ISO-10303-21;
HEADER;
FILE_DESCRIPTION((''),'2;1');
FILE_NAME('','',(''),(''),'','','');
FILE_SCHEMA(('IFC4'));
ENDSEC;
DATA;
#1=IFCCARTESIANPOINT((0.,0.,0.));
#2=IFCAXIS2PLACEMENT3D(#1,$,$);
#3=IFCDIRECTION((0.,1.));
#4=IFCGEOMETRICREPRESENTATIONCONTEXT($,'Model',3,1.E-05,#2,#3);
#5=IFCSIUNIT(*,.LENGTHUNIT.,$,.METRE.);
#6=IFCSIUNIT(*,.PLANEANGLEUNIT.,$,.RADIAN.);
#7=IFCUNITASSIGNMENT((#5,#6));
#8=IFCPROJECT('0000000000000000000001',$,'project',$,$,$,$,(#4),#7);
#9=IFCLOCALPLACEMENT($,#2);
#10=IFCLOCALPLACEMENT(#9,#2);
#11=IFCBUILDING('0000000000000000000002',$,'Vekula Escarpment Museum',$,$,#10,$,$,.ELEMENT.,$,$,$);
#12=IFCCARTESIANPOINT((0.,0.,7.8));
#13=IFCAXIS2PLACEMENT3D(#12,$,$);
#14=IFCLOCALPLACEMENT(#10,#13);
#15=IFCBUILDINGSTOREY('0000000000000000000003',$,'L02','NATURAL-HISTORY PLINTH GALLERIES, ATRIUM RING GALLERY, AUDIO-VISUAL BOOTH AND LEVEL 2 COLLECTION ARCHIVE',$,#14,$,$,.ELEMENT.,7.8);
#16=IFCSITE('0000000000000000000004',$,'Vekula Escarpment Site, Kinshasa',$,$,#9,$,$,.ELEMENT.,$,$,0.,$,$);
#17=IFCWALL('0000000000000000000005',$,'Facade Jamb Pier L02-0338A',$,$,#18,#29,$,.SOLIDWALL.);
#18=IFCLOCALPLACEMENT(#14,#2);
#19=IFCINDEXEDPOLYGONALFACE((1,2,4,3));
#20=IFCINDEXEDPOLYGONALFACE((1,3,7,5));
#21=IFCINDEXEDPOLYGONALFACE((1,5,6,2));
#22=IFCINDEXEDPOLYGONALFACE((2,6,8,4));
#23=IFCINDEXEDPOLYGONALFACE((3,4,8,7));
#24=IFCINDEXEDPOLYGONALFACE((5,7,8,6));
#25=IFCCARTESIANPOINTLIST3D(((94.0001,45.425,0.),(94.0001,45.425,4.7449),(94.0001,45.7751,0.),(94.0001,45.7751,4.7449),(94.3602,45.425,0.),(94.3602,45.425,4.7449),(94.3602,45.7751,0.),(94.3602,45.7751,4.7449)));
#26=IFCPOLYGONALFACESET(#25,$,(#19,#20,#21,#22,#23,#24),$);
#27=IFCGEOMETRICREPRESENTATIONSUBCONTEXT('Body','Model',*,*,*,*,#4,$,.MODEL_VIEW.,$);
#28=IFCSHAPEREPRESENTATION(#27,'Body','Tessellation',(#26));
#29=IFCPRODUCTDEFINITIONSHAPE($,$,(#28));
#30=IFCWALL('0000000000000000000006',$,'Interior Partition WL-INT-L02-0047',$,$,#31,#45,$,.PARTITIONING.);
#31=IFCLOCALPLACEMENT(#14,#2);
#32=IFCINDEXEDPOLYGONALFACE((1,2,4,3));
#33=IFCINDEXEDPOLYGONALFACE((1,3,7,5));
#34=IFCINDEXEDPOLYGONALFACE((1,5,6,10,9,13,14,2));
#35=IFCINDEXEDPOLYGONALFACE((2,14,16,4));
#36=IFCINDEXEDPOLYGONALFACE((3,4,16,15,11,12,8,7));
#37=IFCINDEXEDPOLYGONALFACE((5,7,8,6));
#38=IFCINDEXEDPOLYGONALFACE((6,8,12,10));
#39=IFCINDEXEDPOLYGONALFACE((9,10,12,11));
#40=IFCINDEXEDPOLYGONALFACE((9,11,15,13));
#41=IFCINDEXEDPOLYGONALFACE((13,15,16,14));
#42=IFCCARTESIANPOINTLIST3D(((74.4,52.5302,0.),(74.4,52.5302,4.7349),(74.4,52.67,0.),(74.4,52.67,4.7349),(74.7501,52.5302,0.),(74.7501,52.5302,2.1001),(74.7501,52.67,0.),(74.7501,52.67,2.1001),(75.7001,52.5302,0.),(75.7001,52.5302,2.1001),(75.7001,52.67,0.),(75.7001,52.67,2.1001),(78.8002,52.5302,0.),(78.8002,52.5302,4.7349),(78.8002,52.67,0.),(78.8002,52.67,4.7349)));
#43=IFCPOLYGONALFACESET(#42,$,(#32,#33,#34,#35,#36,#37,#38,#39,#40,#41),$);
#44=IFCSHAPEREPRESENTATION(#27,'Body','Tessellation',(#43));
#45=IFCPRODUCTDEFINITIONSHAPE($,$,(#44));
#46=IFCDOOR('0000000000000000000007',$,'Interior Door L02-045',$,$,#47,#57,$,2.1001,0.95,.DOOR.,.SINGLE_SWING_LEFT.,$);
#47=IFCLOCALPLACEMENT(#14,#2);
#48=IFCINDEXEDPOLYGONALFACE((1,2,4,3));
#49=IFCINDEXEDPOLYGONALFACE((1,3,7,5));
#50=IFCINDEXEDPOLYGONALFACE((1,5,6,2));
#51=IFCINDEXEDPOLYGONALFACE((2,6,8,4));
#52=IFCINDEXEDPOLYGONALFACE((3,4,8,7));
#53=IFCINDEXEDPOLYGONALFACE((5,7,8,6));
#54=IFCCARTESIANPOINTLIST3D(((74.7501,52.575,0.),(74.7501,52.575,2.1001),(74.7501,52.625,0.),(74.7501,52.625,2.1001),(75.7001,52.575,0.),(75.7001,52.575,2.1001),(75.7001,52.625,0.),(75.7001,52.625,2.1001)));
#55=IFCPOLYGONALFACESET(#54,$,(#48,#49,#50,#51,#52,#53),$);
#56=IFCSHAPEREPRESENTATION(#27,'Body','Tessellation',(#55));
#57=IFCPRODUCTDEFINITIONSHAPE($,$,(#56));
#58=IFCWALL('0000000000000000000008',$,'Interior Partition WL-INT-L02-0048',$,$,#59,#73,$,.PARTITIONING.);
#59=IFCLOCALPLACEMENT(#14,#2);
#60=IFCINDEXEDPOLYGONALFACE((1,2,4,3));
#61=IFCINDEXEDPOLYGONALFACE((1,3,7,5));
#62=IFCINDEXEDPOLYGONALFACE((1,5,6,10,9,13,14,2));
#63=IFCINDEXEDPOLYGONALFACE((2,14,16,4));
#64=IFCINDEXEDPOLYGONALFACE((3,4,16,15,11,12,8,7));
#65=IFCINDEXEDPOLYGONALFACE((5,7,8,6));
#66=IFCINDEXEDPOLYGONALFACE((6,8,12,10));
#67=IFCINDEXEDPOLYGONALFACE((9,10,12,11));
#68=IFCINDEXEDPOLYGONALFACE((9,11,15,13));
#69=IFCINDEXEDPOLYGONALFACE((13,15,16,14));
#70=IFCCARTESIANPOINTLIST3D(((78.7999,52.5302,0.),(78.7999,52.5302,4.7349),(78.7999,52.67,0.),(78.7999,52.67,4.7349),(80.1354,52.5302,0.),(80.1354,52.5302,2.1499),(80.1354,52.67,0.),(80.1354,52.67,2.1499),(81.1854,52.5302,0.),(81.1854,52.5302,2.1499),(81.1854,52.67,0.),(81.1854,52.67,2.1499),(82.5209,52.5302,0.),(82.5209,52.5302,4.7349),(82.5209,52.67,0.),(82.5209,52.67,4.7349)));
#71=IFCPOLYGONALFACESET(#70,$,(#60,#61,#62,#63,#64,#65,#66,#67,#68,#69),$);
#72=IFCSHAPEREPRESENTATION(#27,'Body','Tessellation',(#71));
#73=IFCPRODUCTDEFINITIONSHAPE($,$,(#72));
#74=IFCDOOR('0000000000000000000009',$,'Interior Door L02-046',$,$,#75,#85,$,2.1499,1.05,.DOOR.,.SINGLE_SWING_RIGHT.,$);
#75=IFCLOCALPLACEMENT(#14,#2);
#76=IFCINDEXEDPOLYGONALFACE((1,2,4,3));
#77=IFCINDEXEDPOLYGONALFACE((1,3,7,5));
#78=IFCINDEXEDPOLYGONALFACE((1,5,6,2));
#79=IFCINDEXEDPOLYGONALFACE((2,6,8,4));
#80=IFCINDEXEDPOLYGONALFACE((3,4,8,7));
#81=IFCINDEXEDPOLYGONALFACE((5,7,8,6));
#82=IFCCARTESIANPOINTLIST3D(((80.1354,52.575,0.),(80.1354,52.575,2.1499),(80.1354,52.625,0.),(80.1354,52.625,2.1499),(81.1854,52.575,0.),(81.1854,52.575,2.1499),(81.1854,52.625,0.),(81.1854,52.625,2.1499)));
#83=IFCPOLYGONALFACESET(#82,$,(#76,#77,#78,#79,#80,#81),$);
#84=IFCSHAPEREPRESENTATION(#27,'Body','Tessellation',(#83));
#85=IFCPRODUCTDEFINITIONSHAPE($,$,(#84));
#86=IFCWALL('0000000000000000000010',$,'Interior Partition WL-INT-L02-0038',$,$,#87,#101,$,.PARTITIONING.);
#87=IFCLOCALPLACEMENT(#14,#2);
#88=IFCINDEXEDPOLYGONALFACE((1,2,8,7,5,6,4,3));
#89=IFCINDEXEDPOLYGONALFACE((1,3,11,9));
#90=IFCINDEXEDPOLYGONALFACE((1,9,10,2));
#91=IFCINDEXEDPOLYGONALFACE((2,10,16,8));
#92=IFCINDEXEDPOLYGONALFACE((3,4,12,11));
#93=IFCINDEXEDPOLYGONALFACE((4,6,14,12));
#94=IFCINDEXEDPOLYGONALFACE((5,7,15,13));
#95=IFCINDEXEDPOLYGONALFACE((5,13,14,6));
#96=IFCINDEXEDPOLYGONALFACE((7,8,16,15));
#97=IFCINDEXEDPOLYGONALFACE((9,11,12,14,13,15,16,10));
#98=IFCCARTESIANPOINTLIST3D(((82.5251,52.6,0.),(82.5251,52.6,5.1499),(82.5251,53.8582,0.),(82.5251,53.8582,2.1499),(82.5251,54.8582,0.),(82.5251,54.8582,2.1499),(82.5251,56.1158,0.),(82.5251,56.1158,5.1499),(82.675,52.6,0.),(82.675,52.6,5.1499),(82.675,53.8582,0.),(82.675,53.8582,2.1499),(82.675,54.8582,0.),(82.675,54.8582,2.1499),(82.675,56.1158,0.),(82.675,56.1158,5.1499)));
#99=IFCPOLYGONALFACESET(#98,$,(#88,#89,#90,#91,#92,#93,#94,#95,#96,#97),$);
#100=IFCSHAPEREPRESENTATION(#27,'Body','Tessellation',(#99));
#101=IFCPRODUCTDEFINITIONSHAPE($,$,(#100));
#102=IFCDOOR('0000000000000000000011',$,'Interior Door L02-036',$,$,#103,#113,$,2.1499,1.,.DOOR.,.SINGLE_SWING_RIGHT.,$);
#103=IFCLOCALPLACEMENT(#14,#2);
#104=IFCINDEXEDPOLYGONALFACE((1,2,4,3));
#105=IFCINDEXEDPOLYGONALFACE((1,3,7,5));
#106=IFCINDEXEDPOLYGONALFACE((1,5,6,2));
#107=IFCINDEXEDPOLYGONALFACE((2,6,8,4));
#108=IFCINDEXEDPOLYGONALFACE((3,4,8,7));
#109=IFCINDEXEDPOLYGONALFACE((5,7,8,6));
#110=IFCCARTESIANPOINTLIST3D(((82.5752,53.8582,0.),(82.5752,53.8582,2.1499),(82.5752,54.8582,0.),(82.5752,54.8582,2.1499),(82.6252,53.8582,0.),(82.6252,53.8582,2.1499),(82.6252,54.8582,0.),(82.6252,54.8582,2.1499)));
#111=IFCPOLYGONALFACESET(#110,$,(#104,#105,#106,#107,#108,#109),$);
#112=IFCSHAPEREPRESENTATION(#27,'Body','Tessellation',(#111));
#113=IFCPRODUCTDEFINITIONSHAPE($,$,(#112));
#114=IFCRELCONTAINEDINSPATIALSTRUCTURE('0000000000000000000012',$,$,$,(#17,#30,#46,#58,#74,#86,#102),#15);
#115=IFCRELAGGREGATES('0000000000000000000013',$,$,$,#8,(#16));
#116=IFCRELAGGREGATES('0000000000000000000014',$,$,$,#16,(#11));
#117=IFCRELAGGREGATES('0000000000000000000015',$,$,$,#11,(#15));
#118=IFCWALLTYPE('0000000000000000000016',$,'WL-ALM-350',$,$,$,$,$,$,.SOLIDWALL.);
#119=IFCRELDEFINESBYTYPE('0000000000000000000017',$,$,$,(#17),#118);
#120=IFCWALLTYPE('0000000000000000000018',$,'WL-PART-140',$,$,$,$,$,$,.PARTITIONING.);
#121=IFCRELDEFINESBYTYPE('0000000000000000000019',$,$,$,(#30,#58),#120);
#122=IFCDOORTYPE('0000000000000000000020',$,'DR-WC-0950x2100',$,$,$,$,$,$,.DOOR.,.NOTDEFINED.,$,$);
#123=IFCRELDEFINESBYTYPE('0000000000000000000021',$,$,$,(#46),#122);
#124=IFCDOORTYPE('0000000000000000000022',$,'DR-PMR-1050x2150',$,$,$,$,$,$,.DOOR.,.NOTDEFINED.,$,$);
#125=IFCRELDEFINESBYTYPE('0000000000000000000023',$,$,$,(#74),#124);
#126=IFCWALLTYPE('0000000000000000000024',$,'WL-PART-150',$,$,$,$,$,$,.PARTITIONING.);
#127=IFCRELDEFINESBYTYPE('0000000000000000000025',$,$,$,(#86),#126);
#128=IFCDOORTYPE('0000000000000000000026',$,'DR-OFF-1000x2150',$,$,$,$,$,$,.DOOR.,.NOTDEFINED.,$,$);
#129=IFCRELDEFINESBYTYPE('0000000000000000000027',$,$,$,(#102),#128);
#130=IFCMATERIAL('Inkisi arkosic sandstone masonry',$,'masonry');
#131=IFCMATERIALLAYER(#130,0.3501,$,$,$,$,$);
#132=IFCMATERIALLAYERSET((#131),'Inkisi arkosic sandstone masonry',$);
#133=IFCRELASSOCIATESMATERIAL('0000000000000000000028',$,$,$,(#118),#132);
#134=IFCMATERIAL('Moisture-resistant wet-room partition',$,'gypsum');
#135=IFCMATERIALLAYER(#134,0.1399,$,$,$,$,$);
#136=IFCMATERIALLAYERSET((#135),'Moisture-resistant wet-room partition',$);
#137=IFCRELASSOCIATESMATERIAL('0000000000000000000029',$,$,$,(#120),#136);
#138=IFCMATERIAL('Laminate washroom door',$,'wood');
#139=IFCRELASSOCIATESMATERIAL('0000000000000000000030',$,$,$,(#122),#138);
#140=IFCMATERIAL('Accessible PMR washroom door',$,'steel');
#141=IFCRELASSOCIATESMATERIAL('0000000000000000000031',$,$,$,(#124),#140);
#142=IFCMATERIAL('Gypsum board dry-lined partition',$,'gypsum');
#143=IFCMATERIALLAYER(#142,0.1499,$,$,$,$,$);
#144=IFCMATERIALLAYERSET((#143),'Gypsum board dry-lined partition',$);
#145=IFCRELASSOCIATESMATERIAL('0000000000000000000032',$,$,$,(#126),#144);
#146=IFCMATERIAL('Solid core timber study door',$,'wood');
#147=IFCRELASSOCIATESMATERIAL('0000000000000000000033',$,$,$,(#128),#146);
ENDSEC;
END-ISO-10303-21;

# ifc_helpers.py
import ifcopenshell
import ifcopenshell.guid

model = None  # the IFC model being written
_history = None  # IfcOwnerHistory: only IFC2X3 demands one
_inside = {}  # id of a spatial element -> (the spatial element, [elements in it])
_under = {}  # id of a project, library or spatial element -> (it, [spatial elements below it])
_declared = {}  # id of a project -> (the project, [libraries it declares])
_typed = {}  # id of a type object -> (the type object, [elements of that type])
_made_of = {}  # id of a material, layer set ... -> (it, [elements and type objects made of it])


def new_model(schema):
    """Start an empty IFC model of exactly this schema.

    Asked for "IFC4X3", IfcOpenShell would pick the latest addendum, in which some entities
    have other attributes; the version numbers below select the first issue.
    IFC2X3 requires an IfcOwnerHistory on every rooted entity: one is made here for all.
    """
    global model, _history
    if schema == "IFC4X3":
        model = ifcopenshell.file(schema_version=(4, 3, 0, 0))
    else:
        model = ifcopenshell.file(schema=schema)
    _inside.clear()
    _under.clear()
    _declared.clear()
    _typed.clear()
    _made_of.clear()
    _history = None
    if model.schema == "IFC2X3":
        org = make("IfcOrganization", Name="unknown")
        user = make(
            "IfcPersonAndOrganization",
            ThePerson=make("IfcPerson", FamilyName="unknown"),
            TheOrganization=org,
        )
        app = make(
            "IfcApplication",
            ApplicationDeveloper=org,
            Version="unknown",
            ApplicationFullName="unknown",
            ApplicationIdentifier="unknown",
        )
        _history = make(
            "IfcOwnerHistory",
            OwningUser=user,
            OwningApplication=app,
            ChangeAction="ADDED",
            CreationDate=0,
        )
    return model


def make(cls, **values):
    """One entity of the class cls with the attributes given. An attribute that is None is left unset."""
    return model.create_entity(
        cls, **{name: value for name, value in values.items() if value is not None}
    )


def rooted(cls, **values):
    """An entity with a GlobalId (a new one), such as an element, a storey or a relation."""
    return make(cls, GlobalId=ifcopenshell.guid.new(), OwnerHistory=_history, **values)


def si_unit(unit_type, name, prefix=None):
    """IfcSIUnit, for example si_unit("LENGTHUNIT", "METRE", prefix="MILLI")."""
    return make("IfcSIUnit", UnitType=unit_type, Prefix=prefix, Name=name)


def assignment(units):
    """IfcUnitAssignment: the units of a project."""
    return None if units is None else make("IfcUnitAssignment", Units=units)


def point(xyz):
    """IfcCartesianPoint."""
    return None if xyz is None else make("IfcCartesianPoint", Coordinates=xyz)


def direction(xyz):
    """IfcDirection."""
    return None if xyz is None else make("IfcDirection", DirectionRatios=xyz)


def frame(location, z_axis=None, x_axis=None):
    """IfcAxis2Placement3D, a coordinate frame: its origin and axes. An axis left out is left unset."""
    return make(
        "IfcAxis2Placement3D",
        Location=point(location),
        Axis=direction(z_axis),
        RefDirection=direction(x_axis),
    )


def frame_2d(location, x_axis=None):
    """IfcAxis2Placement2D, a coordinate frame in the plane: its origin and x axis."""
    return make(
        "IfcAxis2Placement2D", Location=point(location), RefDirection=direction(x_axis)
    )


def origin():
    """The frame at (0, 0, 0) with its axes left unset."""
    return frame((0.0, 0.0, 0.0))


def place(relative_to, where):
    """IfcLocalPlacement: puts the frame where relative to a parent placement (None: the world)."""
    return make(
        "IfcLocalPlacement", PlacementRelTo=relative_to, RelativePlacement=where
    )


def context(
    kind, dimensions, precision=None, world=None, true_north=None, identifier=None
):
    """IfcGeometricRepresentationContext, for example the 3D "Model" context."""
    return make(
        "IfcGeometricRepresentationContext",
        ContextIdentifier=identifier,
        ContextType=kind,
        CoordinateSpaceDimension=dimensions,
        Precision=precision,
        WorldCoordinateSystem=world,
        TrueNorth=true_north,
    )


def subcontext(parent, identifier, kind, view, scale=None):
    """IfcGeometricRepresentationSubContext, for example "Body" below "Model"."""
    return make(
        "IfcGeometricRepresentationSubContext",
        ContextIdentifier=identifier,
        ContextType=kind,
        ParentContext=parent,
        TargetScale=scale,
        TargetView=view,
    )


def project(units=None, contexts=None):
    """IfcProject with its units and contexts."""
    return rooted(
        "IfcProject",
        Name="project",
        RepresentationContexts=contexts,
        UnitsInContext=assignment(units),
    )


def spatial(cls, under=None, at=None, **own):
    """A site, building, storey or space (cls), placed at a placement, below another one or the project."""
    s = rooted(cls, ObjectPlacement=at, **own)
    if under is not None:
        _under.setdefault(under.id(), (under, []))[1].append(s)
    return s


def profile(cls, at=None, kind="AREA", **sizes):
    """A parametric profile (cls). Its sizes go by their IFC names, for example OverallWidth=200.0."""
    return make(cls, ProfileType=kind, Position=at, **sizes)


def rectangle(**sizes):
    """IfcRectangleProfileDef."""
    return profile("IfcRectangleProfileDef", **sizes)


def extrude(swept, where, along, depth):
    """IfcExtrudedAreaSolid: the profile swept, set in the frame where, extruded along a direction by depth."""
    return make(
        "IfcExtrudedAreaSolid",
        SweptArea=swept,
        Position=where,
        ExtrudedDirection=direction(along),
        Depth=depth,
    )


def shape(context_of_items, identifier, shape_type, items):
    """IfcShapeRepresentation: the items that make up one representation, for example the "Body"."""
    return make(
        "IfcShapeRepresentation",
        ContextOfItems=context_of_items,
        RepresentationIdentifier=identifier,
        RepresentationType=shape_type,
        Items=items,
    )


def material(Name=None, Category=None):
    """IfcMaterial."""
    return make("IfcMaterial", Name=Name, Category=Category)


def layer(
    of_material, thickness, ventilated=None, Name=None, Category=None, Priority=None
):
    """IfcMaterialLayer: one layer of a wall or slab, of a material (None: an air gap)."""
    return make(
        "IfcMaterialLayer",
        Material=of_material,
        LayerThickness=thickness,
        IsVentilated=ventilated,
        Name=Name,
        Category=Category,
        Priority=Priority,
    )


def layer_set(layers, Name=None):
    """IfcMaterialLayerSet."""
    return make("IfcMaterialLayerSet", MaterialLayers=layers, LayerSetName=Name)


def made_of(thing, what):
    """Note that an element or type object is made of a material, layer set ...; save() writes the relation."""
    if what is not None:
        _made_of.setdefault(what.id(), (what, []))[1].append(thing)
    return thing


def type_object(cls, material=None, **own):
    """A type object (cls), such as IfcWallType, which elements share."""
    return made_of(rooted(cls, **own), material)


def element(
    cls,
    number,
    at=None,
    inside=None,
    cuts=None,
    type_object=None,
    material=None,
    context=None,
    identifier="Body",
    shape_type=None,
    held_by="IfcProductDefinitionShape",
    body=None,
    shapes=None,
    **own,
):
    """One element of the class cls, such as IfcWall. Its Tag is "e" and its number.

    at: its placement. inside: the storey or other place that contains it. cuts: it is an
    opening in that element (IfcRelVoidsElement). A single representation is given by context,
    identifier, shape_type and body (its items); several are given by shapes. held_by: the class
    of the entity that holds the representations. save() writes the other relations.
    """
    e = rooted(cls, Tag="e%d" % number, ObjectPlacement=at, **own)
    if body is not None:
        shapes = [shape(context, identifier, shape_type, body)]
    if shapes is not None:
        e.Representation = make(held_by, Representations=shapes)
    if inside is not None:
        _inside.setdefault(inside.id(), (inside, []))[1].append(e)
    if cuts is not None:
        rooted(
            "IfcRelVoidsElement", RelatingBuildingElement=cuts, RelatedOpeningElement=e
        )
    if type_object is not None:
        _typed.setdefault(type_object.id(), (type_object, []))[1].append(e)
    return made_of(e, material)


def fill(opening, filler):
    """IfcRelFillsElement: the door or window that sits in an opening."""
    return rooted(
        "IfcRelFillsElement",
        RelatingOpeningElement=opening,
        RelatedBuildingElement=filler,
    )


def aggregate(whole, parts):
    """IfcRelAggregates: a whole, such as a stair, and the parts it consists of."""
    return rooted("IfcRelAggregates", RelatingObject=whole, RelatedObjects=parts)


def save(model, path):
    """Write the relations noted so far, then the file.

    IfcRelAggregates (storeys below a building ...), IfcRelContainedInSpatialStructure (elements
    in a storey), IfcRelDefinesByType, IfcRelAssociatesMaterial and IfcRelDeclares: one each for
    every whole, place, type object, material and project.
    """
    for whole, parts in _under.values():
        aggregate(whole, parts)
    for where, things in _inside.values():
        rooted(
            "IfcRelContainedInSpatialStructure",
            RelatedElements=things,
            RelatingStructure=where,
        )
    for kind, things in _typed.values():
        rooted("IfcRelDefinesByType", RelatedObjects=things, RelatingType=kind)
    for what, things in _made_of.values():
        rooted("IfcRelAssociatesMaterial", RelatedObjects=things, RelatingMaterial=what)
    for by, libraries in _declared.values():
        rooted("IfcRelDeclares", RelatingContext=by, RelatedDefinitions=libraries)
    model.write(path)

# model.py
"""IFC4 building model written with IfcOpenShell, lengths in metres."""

from ifc_helpers import new_model, si_unit, direction, frame, frame_2d, origin, place, context, subcontext, project, spatial, rectangle, extrude, material, layer, layer_set, type_object, element, fill, save


model = new_model("IFC4")

# Units and contexts
model_context = context("Model", 3, precision=1e-05, world=origin(), true_north=direction((0.0, 1.0)))
body_context = subcontext(model_context, "Body", "Model", "MODEL_VIEW")
ifc_project = project(units=[si_unit("LENGTHUNIT", "METRE"), si_unit("PLANEANGLEUNIT", "RADIAN")], contexts=[model_context])

# Site, building, storey
site_placement = place(None, origin())
site = spatial("IfcSite", under=ifc_project, at=site_placement, Name="Vekula Escarpment Site, Kinshasa", CompositionType="ELEMENT", RefElevation=0.0)
building_placement = place(site_placement, origin())
building = spatial("IfcBuilding", under=site, at=building_placement, Name="Vekula Escarpment Museum", CompositionType="ELEMENT")
storey_placement = place(building_placement, frame((0.0, 0.0, 7.8)))
storey = spatial("IfcBuildingStorey", under=building, at=storey_placement, Name="L02", Description="NATURAL-HISTORY PLINTH GALLERIES, ATRIUM RING GALLERY, AUDIO-VISUAL BOOTH AND LEVEL 2 COLLECTION ARCHIVE", CompositionType="ELEMENT", Elevation=7.8)

# Wall
ifc_material_1 = material(Name="Inkisi arkosic sandstone masonry", Category="masonry")
ifc_layer_1 = layer(ifc_material_1, 0.3501)
ifc_layer_set_1 = layer_set([ifc_layer_1], Name="Inkisi arkosic sandstone masonry")
wall_type_1 = type_object("IfcWallType", Name="WL-ALM-350", PredefinedType="SOLIDWALL", material=ifc_layer_set_1)
for number, where, z_axis, x_axis, name in (
    (1, (94.0, 45.6001, 0.0), (0.0, 0.0, 1.0), (1.0, 0.0, 0.0), "Facade Jamb Pier L02-0338A"),
):
    element("IfcWall", number, at=place(storey_placement, frame(where, z_axis=z_axis, x_axis=x_axis)), inside=storey, type_object=wall_type_1, Name=name, PredefinedType="SOLIDWALL", context=body_context, shape_type="SweptSolid", body=[
        extrude(rectangle(XDim=0.3601, YDim=0.3501, at=frame_2d((0.1802, 0.0))), origin(), (0.0, 0.0, 1.0), 4.7449),
    ])

# Walls, openings, doors
ifc_material_2 = material(Name="Moisture-resistant wet-room partition", Category="gypsum")
ifc_layer_2 = layer(ifc_material_2, 0.1399)
ifc_layer_set_2 = layer_set([ifc_layer_2], Name="Moisture-resistant wet-room partition")
wall_type_2 = type_object("IfcWallType", Name="WL-PART-140", PredefinedType="PARTITIONING", material=ifc_layer_set_2)
wall_1_placement = place(storey_placement, frame((74.3999, 52.6001, 0.0), z_axis=(0.0, 0.0, 1.0), x_axis=(1.0, 0.0, 0.0)))
wall_1 = element("IfcWall", 2, at=wall_1_placement, inside=storey, type_object=wall_type_2, Name="Interior Partition WL-INT-L02-0047", PredefinedType="PARTITIONING", context=body_context, shape_type="SweptSolid", body=[
    extrude(rectangle(XDim=4.4001, YDim=0.1399, at=frame_2d((2.2002, 0.0))), origin(), (0.0, 0.0, 1.0), 4.7349),
])
opening_1_placement = place(wall_1_placement, frame((0.3501, 0.0, 0.0)))
opening_1 = element("IfcOpeningElement", 3, at=opening_1_placement, cuts=wall_1, PredefinedType="OPENING", context=body_context, shape_type="SweptSolid", body=[
    extrude(rectangle(XDim=0.95, YDim=2.1001, at=frame_2d((0.4751, 1.05))), frame((0.0, 0.0798, 0.0), z_axis=(0.0, -1.0, 0.0), x_axis=(1.0, 0.0, 0.0)), (0.0, 0.0, 1.0), 0.1599),
])
ifc_material_3 = material(Name="Laminate washroom door", Category="wood")
door_type_1 = type_object("IfcDoorType", Name="DR-WC-0950x2100", OperationType="NOTDEFINED", PredefinedType="DOOR", material=ifc_material_3)
door_1_placement = place(opening_1_placement, origin())
door_1 = element("IfcDoor", 4, at=door_1_placement, inside=storey, type_object=door_type_1, Name="Interior Door L02-045", OperationType="SINGLE_SWING_LEFT", OverallHeight=2.1001, OverallWidth=0.95, PredefinedType="DOOR", context=body_context, shape_type="SweptSolid", body=[
    extrude(rectangle(XDim=0.95, YDim=2.1001, at=frame_2d((0.4751, 1.05))), frame((0.0, 0.0249, 0.0), z_axis=(0.0, -1.0, 0.0), x_axis=(1.0, 0.0, 0.0)), (0.0, 0.0, 1.0), 0.05),
])
fill(opening_1, door_1)
wall_2_placement = place(storey_placement, frame((78.8, 52.6001, 0.0), z_axis=(0.0, 0.0, 1.0), x_axis=(1.0, 0.0, 0.0)))
wall_2 = element("IfcWall", 5, at=wall_2_placement, inside=storey, type_object=wall_type_2, Name="Interior Partition WL-INT-L02-0048", PredefinedType="PARTITIONING", context=body_context, shape_type="SweptSolid", body=[
    extrude(rectangle(XDim=3.7209, YDim=0.1399, at=frame_2d((1.8604, 0.0))), origin(), (0.0, 0.0, 1.0), 4.7349),
])
opening_2_placement = place(wall_2_placement, frame((1.3354, 0.0, 0.0)))
opening_2 = element("IfcOpeningElement", 6, at=opening_2_placement, cuts=wall_2, PredefinedType="OPENING", context=body_context, shape_type="SweptSolid", body=[
    extrude(rectangle(XDim=1.05, YDim=2.1499, at=frame_2d((0.5249, 1.075))), frame((0.0, 0.0798, 0.0), z_axis=(0.0, -1.0, 0.0), x_axis=(1.0, 0.0, 0.0)), (0.0, 0.0, 1.0), 0.1599),
])
ifc_material_4 = material(Name="Accessible PMR washroom door", Category="steel")
door_type_2 = type_object("IfcDoorType", Name="DR-PMR-1050x2150", OperationType="NOTDEFINED", PredefinedType="DOOR", material=ifc_material_4)
door_2_placement = place(opening_2_placement, origin())
door_2 = element("IfcDoor", 7, at=door_2_placement, inside=storey, type_object=door_type_2, Name="Interior Door L02-046", OperationType="SINGLE_SWING_RIGHT", OverallHeight=2.1499, OverallWidth=1.05, PredefinedType="DOOR", context=body_context, shape_type="SweptSolid", body=[
    extrude(rectangle(XDim=1.05, YDim=2.1499, at=frame_2d((0.5249, 1.075))), frame((0.0, 0.0249, 0.0), z_axis=(0.0, -1.0, 0.0), x_axis=(1.0, 0.0, 0.0)), (0.0, 0.0, 1.0), 0.05),
])
fill(opening_2, door_2)
ifc_material_5 = material(Name="Gypsum board dry-lined partition", Category="gypsum")
ifc_layer_3 = layer(ifc_material_5, 0.1499)
ifc_layer_set_3 = layer_set([ifc_layer_3], Name="Gypsum board dry-lined partition")
wall_type_3 = type_object("IfcWallType", Name="WL-PART-150", PredefinedType="PARTITIONING", material=ifc_layer_set_3)
wall_3_placement = place(storey_placement, frame((82.6001, 52.6001, 0.0), z_axis=(0.0, 0.0, 1.0), x_axis=(0.0, 1.0, 0.0)))
wall_3 = element("IfcWall", 8, at=wall_3_placement, inside=storey, type_object=wall_type_3, Name="Interior Partition WL-INT-L02-0038", PredefinedType="PARTITIONING", context=body_context, shape_type="SweptSolid", body=[
    extrude(rectangle(XDim=3.5159, YDim=0.1499, at=frame_2d((1.7578, 0.0))), origin(), (0.0, 0.0, 1.0), 5.1499),
])
opening_3_placement = place(wall_3_placement, frame((1.2581, 0.0, 0.0)))
opening_3 = element("IfcOpeningElement", 9, at=opening_3_placement, cuts=wall_3, PredefinedType="OPENING", context=body_context, shape_type="SweptSolid", body=[
    extrude(rectangle(XDim=1.0, YDim=2.1499, at=frame_2d((0.5, 1.075))), frame((0.0, 0.085, 0.0), z_axis=(0.0, -1.0, 0.0), x_axis=(1.0, 0.0, 0.0)), (0.0, 0.0, 1.0), 0.1699),
])
ifc_material_6 = material(Name="Solid core timber study door", Category="wood")
door_type_3 = type_object("IfcDoorType", Name="DR-OFF-1000x2150", OperationType="NOTDEFINED", PredefinedType="DOOR", material=ifc_material_6)
door_3_placement = place(opening_3_placement, origin())
door_3 = element("IfcDoor", 10, at=door_3_placement, inside=storey, type_object=door_type_3, Name="Interior Door L02-036", OperationType="SINGLE_SWING_RIGHT", OverallHeight=2.1499, OverallWidth=1.0, PredefinedType="DOOR", context=body_context, shape_type="SweptSolid", body=[
    extrude(rectangle(XDim=1.0, YDim=2.1499, at=frame_2d((0.5, 1.075))), frame((0.0, 0.0249, 0.0), z_axis=(0.0, -1.0, 0.0), x_axis=(1.0, 0.0, 0.0)), (0.0, 0.0, 1.0), 0.05),
])
fill(opening_3, door_3)

save(model, "model.ifc")
